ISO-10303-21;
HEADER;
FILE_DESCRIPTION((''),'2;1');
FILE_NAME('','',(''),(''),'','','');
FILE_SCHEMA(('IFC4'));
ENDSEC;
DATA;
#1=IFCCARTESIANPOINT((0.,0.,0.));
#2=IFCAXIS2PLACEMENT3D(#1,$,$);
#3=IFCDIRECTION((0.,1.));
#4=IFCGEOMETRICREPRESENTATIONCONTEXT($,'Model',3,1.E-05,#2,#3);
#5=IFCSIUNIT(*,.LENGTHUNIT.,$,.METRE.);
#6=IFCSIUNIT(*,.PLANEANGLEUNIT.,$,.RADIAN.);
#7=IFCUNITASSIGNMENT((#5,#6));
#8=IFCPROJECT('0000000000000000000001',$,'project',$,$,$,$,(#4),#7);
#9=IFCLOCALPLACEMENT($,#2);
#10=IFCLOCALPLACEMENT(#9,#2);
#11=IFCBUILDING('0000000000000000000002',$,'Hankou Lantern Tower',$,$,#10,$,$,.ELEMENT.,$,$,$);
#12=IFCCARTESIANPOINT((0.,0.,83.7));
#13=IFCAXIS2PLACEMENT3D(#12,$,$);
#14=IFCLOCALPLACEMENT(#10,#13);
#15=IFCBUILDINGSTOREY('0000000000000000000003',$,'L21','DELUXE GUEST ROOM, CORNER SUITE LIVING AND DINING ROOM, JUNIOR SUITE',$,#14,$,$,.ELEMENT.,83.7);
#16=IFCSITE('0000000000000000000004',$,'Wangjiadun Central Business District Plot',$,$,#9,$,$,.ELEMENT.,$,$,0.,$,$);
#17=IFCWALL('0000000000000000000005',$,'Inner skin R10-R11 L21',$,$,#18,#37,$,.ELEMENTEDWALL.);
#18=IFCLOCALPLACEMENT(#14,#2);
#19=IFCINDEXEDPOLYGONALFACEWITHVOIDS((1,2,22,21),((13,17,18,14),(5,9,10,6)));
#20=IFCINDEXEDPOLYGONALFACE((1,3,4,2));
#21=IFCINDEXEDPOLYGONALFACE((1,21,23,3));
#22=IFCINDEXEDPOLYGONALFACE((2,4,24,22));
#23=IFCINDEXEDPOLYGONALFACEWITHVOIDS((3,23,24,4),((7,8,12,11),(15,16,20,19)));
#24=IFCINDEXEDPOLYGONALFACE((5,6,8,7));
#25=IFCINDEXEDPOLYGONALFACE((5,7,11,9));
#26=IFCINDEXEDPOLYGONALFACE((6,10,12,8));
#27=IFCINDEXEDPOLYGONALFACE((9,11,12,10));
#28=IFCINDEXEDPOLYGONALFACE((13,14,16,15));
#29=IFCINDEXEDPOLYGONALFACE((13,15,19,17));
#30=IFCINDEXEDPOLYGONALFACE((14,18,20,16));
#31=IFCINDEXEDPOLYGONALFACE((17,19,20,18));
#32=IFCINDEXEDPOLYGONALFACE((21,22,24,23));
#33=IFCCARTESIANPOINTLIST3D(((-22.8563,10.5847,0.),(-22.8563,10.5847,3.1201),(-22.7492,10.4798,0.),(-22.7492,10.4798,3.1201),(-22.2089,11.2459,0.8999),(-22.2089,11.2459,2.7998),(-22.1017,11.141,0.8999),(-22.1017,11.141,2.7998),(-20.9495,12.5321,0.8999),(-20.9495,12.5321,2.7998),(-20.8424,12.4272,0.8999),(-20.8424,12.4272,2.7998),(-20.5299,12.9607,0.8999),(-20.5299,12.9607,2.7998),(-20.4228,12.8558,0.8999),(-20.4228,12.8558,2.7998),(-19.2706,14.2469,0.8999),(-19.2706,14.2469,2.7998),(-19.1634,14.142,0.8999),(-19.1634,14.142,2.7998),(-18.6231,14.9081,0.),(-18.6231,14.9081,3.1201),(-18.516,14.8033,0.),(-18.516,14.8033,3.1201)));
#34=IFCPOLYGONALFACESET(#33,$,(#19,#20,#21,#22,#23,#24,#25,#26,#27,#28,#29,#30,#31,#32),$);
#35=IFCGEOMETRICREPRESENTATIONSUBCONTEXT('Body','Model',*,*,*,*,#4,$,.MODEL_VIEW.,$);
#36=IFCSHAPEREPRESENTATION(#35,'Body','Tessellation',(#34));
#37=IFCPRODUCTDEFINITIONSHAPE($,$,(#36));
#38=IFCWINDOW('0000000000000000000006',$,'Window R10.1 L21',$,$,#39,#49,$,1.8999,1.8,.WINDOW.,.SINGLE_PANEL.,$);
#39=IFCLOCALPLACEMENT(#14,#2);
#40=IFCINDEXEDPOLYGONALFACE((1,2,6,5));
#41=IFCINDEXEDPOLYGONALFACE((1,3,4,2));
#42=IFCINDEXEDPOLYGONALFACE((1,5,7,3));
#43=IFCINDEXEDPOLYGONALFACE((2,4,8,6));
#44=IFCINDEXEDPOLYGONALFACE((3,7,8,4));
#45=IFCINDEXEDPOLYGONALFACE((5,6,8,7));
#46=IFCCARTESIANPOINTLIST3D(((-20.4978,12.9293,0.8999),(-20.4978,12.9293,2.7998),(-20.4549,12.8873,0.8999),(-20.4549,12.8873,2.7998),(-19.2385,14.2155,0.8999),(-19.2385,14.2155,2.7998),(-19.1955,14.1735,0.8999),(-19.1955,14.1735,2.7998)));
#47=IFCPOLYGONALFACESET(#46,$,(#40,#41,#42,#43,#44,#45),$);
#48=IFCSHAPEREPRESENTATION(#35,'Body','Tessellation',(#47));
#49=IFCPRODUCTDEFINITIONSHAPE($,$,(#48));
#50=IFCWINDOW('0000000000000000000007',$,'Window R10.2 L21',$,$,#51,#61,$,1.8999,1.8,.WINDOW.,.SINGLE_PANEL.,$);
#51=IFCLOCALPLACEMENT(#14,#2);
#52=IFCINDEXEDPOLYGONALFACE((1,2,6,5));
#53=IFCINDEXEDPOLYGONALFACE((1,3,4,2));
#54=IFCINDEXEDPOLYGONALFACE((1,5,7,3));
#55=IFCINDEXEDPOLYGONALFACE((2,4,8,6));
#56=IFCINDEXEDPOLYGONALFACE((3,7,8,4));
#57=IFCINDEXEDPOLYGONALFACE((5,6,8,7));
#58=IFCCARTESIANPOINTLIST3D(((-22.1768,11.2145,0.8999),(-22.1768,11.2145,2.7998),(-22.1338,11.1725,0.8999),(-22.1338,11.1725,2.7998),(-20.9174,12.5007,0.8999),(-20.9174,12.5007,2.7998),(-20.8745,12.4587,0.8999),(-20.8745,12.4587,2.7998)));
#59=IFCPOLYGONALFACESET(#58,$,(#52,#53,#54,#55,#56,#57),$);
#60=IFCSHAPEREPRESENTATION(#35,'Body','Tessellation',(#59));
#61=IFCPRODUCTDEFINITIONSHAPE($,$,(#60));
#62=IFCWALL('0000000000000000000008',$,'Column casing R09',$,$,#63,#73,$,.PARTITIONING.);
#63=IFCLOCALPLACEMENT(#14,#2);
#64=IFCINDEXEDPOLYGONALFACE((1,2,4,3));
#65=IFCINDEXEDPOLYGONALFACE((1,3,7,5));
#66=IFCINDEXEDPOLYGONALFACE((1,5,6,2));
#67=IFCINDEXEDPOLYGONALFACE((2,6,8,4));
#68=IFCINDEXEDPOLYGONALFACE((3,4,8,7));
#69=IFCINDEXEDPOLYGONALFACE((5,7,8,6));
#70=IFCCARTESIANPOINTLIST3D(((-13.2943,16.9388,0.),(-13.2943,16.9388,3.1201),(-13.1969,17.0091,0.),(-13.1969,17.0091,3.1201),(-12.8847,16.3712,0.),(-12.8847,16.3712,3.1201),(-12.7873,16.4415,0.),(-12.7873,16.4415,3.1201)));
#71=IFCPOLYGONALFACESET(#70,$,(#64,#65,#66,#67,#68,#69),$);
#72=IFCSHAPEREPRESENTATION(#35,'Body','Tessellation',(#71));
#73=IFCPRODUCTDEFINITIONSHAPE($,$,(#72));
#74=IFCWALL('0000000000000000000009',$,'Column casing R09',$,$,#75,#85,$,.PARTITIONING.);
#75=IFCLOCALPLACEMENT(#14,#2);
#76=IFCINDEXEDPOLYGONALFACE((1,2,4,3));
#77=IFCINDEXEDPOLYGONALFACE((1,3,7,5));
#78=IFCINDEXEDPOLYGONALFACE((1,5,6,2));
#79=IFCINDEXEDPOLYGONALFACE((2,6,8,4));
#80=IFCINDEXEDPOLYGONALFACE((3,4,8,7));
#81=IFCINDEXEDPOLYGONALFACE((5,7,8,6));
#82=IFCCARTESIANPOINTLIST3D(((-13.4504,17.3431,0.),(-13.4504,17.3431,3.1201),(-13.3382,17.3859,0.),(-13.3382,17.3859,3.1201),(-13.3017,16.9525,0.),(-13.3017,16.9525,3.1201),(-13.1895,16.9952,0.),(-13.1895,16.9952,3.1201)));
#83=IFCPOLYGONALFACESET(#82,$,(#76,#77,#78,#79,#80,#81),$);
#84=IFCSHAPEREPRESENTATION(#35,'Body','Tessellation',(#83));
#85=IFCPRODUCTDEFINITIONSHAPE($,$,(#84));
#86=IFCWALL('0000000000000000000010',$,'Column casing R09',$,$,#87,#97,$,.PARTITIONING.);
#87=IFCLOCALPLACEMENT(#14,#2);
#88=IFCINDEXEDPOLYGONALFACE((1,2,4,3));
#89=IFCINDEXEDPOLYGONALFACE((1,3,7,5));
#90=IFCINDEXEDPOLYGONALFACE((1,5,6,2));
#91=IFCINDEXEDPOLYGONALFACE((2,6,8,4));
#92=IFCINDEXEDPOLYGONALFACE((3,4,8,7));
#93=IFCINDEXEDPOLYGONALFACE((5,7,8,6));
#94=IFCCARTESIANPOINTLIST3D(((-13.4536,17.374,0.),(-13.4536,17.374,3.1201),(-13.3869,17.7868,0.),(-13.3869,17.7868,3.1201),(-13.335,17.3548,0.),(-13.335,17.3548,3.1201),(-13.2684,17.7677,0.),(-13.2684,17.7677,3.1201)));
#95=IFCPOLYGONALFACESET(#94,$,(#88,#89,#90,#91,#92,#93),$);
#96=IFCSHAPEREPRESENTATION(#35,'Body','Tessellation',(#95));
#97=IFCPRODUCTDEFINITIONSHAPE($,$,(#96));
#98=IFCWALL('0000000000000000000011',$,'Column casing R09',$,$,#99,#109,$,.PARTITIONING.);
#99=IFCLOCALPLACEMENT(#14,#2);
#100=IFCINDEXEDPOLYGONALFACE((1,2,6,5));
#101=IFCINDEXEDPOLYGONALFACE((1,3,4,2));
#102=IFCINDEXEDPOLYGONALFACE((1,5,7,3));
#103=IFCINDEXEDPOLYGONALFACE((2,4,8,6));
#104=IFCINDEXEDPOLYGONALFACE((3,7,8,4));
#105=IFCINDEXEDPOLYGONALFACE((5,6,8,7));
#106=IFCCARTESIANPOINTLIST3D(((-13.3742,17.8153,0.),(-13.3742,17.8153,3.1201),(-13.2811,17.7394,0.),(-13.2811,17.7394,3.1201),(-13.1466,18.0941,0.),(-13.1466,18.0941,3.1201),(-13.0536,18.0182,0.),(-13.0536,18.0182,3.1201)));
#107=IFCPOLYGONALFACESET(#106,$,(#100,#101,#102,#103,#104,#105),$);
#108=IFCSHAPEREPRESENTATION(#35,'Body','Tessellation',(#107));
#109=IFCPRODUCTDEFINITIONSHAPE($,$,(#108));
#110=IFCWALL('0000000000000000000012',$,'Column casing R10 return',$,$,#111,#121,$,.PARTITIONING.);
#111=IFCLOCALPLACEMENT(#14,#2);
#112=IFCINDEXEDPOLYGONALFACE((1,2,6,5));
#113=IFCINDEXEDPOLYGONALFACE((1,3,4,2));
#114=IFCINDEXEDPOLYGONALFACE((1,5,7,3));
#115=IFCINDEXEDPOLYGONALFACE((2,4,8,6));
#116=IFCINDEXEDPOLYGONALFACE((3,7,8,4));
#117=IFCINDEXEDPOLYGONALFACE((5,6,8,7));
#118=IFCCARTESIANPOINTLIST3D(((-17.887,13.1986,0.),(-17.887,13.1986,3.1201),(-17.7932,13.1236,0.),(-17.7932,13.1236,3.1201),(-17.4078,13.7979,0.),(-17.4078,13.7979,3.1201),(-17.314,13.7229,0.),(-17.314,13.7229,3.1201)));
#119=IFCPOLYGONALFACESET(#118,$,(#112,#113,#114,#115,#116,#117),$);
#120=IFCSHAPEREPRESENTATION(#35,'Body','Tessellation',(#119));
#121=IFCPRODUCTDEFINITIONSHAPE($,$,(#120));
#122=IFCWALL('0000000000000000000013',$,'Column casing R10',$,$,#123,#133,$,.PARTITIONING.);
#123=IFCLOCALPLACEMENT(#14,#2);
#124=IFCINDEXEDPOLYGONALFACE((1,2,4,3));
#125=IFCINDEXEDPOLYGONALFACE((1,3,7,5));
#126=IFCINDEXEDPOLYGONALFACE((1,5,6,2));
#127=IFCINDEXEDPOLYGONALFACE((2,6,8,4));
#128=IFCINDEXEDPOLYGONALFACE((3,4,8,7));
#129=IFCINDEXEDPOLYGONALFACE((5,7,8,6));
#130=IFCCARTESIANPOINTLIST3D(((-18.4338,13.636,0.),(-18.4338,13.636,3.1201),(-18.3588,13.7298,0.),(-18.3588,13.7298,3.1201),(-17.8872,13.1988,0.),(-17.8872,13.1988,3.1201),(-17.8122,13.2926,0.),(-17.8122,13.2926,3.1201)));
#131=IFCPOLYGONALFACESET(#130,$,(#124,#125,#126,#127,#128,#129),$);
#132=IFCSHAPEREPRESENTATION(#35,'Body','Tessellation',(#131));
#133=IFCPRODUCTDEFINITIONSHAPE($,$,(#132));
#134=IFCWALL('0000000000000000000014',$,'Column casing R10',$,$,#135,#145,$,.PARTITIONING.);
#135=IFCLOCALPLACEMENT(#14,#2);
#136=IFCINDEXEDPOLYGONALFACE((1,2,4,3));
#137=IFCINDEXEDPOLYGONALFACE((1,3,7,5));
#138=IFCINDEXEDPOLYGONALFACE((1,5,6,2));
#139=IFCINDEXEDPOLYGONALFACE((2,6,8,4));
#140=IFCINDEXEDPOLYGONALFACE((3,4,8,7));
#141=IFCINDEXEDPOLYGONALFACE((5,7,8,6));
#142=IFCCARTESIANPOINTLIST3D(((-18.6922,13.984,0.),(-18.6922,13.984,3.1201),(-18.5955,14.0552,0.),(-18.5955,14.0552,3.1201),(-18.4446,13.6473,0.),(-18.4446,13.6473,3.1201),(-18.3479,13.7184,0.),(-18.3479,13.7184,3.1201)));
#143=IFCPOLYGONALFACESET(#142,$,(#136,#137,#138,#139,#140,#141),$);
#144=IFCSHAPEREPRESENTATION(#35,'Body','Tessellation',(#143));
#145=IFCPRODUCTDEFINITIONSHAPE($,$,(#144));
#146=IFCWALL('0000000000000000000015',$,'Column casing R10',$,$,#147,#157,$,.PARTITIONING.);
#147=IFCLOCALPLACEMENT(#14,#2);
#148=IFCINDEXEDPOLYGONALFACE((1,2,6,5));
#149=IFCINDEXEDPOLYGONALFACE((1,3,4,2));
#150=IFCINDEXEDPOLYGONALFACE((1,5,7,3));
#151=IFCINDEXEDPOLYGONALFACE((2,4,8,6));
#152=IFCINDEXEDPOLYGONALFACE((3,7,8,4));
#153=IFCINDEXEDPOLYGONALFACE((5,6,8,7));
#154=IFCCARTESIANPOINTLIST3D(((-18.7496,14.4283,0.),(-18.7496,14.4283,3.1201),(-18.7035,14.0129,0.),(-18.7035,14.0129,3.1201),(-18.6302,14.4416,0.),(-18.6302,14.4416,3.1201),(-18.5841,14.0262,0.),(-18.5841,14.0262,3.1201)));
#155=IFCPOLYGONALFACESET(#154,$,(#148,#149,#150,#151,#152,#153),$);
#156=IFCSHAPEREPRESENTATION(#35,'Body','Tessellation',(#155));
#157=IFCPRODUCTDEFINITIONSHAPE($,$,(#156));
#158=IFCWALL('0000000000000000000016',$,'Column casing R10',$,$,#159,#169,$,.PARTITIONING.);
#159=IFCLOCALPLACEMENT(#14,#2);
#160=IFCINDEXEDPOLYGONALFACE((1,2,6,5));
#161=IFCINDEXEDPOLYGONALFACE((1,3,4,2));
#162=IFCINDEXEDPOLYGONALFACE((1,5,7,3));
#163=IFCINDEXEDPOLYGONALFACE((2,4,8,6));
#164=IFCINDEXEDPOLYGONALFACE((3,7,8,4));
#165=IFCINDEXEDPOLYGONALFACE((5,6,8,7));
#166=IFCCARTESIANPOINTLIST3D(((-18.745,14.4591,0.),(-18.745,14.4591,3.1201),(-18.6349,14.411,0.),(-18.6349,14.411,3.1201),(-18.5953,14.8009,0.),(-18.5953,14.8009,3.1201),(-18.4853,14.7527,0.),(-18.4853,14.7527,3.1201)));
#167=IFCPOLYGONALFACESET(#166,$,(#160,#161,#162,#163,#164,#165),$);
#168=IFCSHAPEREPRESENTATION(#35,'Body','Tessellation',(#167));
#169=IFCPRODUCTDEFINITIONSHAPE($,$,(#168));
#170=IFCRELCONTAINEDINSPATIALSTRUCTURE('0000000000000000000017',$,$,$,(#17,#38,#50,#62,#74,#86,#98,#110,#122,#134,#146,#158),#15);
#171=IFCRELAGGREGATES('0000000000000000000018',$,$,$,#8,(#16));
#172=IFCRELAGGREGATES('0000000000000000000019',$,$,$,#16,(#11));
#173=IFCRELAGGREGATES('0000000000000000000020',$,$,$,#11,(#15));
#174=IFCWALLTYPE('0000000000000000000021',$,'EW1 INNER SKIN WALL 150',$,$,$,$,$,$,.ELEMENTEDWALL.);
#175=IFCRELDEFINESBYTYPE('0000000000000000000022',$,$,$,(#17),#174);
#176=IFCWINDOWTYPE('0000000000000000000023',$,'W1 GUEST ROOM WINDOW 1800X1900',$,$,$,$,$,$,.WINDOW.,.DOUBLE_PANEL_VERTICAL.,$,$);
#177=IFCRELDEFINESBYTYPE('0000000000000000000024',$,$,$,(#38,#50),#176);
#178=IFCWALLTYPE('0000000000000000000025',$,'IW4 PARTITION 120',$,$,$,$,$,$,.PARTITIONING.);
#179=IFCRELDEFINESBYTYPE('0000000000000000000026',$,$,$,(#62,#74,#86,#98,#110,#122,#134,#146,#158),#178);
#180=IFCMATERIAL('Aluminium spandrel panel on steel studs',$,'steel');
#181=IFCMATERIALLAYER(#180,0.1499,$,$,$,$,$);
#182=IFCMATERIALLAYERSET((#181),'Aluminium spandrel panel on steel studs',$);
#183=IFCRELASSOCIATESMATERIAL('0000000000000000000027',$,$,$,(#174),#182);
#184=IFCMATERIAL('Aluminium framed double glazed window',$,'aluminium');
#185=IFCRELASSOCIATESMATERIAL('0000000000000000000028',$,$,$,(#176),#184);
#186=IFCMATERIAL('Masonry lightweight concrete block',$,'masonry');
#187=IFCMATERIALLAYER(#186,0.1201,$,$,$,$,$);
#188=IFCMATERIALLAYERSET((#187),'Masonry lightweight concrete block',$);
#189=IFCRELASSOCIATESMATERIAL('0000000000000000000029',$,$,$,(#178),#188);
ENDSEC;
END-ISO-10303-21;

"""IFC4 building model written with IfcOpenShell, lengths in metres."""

from ifc_helpers import new_model, si_unit, direction, frame, frame_2d, origin, place, context, subcontext, project, spatial, rectangle, extrude, material, layer, layer_set, type_object, element, fill, save


model = new_model("IFC4")

# Units and contexts
model_context = context("Model", 3, precision=1e-05, world=origin(), true_north=direction((0.0, 1.0)))
body_context = subcontext(model_context, "Body", "Model", "MODEL_VIEW")
ifc_project = project(units=[si_unit("LENGTHUNIT", "METRE"), si_unit("PLANEANGLEUNIT", "RADIAN")], contexts=[model_context])

# Site, building, storey
site_placement = place(None, origin())
site = spatial("IfcSite", under=ifc_project, at=site_placement, Name="Wangjiadun Central Business District Plot", CompositionType="ELEMENT", RefElevation=0.0)
building_placement = place(site_placement, origin())
building = spatial("IfcBuilding", under=site, at=building_placement, Name="Hankou Lantern Tower", CompositionType="ELEMENT")
storey_placement = place(building_placement, frame((0.0, 0.0, 83.7)))
storey = spatial("IfcBuildingStorey", under=building, at=storey_placement, Name="L21", Description="DELUXE GUEST ROOM, CORNER SUITE LIVING AND DINING ROOM, JUNIOR SUITE", CompositionType="ELEMENT", Elevation=83.7)

# Wall, openings, windows
ifc_material_1 = material(Name="Aluminium spandrel panel on steel studs", Category="steel")
ifc_layer_1 = layer(ifc_material_1, 0.1499)
ifc_layer_set_1 = layer_set([ifc_layer_1], Name="Aluminium spandrel panel on steel studs")
wall_type_1 = type_object("IfcWallType", Name="EW1 INNER SKIN WALL 150", PredefinedType="ELEMENTEDWALL", material=ifc_layer_set_1)
ifc_material_2 = material(Name="Aluminium framed double glazed window", Category="aluminium")
window_type = type_object("IfcWindowType", Name="W1 GUEST ROOM WINDOW 1800X1900", PartitioningType="DOUBLE_PANEL_VERTICAL", PredefinedType="WINDOW", material=ifc_material_2)
wall_1_placement = place(storey_placement, frame((-18.5696, 14.8557, 0.0), z_axis=(0.0, 0.0, 1.0), x_axis=(-0.699603, -0.714532, 0.0)))
wall_1 = element("IfcWall", 1, at=wall_1_placement, inside=storey, type_object=wall_type_1, Name="Inner skin R10-R11 L21", PredefinedType="ELEMENTEDWALL", context=body_context, shape_type="SweptSolid", body=[
    extrude(rectangle(XDim=6.0508, YDim=0.1499, at=frame_2d((3.0254, 0.0))), origin(), (0.0, 0.0, 1.0), 3.1201),
])
opening_1_placement = place(wall_1_placement, frame((0.9255, 0.0, 0.8999)))
opening_1 = element("IfcOpeningElement", 2, at=opening_1_placement, cuts=wall_1, PredefinedType="OPENING", context=body_context, shape_type="SweptSolid", body=[
    extrude(rectangle(XDim=1.8, YDim=1.8999, at=frame_2d((0.8999, 0.95))), frame((0.0, 0.085, 0.0), z_axis=(0.0, -1.0, 0.0), x_axis=(1.0, 0.0, 0.0)), (0.0, 0.0, 1.0), 0.1699),
])
opening_2_placement = place(wall_1_placement, frame((3.3254, 0.0, 0.8999)))
opening_2 = element("IfcOpeningElement", 3, at=opening_2_placement, cuts=wall_1, PredefinedType="OPENING", context=body_context, shape_type="SweptSolid", body=[
    extrude(rectangle(XDim=1.8, YDim=1.8999, at=frame_2d((0.8999, 0.95))), frame((0.0, 0.085, 0.0), z_axis=(0.0, -1.0, 0.0), x_axis=(1.0, 0.0, 0.0)), (0.0, 0.0, 1.0), 0.1699),
])
window_1_placement = place(opening_1_placement, origin())
window_1 = element("IfcWindow", 4, at=window_1_placement, inside=storey, type_object=window_type, Name="Window R10.1 L21", OverallHeight=1.8999, OverallWidth=1.8, PartitioningType="SINGLE_PANEL", PredefinedType="WINDOW", context=body_context, shape_type="SweptSolid", body=[
    extrude(rectangle(XDim=1.8, YDim=1.8999, at=frame_2d((0.8999, 0.95))), frame((0.0, 0.03, 0.0), z_axis=(0.0, -1.0, 0.0), x_axis=(1.0, 0.0, 0.0)), (0.0, 0.0, 1.0), 0.0601),
])
fill(opening_1, window_1)
window_2_placement = place(opening_2_placement, origin())
window_2 = element("IfcWindow", 5, at=window_2_placement, inside=storey, type_object=window_type, Name="Window R10.2 L21", OverallHeight=1.8999, OverallWidth=1.8, PartitioningType="SINGLE_PANEL", PredefinedType="WINDOW", context=body_context, shape_type="SweptSolid", body=[
    extrude(rectangle(XDim=1.8, YDim=1.8999, at=frame_2d((0.8999, 0.95))), frame((0.0, 0.03, 0.0), z_axis=(0.0, -1.0, 0.0), x_axis=(1.0, 0.0, 0.0)), (0.0, 0.0, 1.0), 0.0601),
])
fill(opening_2, window_2)

# Walls
ifc_material_3 = material(Name="Masonry lightweight concrete block", Category="masonry")
ifc_layer_2 = layer(ifc_material_3, 0.1201)
ifc_layer_set_2 = layer_set([ifc_layer_2], Name="Masonry lightweight concrete block")
wall_type_2 = type_object("IfcWallType", Name="IW4 PARTITION 120", PredefinedType="PARTITIONING", material=ifc_layer_set_2)
wall_2_placement = place(storey_placement, frame((-12.8359, 16.4062, 0.0), z_axis=(0.0, 0.0, 1.0), x_axis=(-0.585223, 0.810872, 0.0)))
element("IfcWall", 6, at=wall_2_placement, inside=storey, type_object=wall_type_2, Name="Column casing R09", PredefinedType="PARTITIONING", context=body_context, shape_type="SweptSolid", body=[
    extrude(rectangle(XDim=0.7, YDim=0.1201, at=frame_2d((0.3501, 0.0))), origin(), (0.0, 0.0, 1.0), 3.1201),
])
wall_3_placement = place(storey_placement, frame((-13.2456, 16.9739, 0.0), z_axis=(0.0, 0.0, 1.0), x_axis=(-0.355728, 0.934589, 0.0)))
element("IfcWall", 7, at=wall_3_placement, inside=storey, type_object=wall_type_2, Name="Column casing R09", PredefinedType="PARTITIONING", context=body_context, shape_type="SweptSolid", body=[
    extrude(rectangle(XDim=0.418, YDim=0.1201, at=frame_2d((0.209, 0.0))), origin(), (0.0, 0.0, 1.0), 3.1201),
])
wall_4_placement = place(storey_placement, frame((-13.3943, 17.3645, 0.0), z_axis=(0.0, 0.0, 1.0), x_axis=(0.159379, 0.987217, 0.0)))
element("IfcWall", 8, at=wall_4_placement, inside=storey, type_object=wall_type_2, Name="Column casing R09", PredefinedType="PARTITIONING", context=body_context, shape_type="SweptSolid", body=[
    extrude(rectangle(XDim=0.4182, YDim=0.1201, at=frame_2d((0.209, 0.0))), origin(), (0.0, 0.0, 1.0), 3.1201),
])
wall_5_placement = place(storey_placement, frame((-13.3276, 17.7773, 0.0), z_axis=(0.0, 0.0, 1.0), x_axis=(0.632277, 0.774743, 0.0)))
element("IfcWall", 9, at=wall_5_placement, inside=storey, type_object=wall_type_2, Name="Column casing R09", PredefinedType="PARTITIONING", context=body_context, shape_type="SweptSolid", body=[
    extrude(rectangle(XDim=0.3599, YDim=0.1201, at=frame_2d((0.1799, 0.0))), origin(), (0.0, 0.0, 1.0), 3.1201),
])
wall_6_placement = place(storey_placement, frame((-17.3608, 13.7605, 0.0), z_axis=(0.0, 0.0, 1.0), x_axis=(-0.624501, -0.781024, 0.0)))
element("IfcWall", 10, at=wall_6_placement, inside=storey, type_object=wall_type_2, Name="Column casing R10 return", PredefinedType="PARTITIONING", context=body_context, shape_type="SweptSolid", body=[
    extrude(rectangle(XDim=0.7673, YDim=0.1201, at=frame_2d((0.3838, 0.0))), origin(), (0.0, 0.0, 1.0), 3.1201),
])
wall_7_placement = place(storey_placement, frame((-17.8496, 13.2456, 0.0), z_axis=(0.0, 0.0, 1.0), x_axis=(-0.780903, 0.624653, 0.0)))
element("IfcWall", 11, at=wall_7_placement, inside=storey, type_object=wall_type_2, Name="Column casing R10", PredefinedType="PARTITIONING", context=body_context, shape_type="SweptSolid", body=[
    extrude(rectangle(XDim=0.7, YDim=0.1201, at=frame_2d((0.3501, 0.0))), origin(), (0.0, 0.0, 1.0), 3.1201),
])
for number, where, z_axis, x_axis, name in (
    (12, (-18.3962, 13.6829, 0.0), (0.0, 0.0, 1.0), (-0.592402, 0.805643, 0.0), "Column casing R10"),
    (13, (-18.6438, 14.0195, 0.0), (0.0, 0.0, 1.0), (-0.110367, 0.993891, 0.0), "Column casing R10"),
):
    element("IfcWall", number, at=place(storey_placement, frame(where, z_axis=z_axis, x_axis=x_axis)), inside=storey, type_object=wall_type_2, Name=name, PredefinedType="PARTITIONING", context=body_context, shape_type="SweptSolid", body=[
        extrude(rectangle(XDim=0.418, YDim=0.1201, at=frame_2d((0.209, 0.0))), origin(), (0.0, 0.0, 1.0), 3.1201),
    ])
wall_8_placement = place(storey_placement, frame((-18.6899, 14.4351, 0.0), z_axis=(0.0, 0.0, 1.0), x_axis=(0.401093, 0.916037, 0.0)))
element("IfcWall", 14, at=wall_8_placement, inside=storey, type_object=wall_type_2, Name="Column casing R10", PredefinedType="PARTITIONING", context=body_context, shape_type="SweptSolid", body=[
    extrude(rectangle(XDim=0.373, YDim=0.1201, at=frame_2d((0.1865, 0.0))), origin(), (0.0, 0.0, 1.0), 3.1201),
])

save(model, "model.ifc")
